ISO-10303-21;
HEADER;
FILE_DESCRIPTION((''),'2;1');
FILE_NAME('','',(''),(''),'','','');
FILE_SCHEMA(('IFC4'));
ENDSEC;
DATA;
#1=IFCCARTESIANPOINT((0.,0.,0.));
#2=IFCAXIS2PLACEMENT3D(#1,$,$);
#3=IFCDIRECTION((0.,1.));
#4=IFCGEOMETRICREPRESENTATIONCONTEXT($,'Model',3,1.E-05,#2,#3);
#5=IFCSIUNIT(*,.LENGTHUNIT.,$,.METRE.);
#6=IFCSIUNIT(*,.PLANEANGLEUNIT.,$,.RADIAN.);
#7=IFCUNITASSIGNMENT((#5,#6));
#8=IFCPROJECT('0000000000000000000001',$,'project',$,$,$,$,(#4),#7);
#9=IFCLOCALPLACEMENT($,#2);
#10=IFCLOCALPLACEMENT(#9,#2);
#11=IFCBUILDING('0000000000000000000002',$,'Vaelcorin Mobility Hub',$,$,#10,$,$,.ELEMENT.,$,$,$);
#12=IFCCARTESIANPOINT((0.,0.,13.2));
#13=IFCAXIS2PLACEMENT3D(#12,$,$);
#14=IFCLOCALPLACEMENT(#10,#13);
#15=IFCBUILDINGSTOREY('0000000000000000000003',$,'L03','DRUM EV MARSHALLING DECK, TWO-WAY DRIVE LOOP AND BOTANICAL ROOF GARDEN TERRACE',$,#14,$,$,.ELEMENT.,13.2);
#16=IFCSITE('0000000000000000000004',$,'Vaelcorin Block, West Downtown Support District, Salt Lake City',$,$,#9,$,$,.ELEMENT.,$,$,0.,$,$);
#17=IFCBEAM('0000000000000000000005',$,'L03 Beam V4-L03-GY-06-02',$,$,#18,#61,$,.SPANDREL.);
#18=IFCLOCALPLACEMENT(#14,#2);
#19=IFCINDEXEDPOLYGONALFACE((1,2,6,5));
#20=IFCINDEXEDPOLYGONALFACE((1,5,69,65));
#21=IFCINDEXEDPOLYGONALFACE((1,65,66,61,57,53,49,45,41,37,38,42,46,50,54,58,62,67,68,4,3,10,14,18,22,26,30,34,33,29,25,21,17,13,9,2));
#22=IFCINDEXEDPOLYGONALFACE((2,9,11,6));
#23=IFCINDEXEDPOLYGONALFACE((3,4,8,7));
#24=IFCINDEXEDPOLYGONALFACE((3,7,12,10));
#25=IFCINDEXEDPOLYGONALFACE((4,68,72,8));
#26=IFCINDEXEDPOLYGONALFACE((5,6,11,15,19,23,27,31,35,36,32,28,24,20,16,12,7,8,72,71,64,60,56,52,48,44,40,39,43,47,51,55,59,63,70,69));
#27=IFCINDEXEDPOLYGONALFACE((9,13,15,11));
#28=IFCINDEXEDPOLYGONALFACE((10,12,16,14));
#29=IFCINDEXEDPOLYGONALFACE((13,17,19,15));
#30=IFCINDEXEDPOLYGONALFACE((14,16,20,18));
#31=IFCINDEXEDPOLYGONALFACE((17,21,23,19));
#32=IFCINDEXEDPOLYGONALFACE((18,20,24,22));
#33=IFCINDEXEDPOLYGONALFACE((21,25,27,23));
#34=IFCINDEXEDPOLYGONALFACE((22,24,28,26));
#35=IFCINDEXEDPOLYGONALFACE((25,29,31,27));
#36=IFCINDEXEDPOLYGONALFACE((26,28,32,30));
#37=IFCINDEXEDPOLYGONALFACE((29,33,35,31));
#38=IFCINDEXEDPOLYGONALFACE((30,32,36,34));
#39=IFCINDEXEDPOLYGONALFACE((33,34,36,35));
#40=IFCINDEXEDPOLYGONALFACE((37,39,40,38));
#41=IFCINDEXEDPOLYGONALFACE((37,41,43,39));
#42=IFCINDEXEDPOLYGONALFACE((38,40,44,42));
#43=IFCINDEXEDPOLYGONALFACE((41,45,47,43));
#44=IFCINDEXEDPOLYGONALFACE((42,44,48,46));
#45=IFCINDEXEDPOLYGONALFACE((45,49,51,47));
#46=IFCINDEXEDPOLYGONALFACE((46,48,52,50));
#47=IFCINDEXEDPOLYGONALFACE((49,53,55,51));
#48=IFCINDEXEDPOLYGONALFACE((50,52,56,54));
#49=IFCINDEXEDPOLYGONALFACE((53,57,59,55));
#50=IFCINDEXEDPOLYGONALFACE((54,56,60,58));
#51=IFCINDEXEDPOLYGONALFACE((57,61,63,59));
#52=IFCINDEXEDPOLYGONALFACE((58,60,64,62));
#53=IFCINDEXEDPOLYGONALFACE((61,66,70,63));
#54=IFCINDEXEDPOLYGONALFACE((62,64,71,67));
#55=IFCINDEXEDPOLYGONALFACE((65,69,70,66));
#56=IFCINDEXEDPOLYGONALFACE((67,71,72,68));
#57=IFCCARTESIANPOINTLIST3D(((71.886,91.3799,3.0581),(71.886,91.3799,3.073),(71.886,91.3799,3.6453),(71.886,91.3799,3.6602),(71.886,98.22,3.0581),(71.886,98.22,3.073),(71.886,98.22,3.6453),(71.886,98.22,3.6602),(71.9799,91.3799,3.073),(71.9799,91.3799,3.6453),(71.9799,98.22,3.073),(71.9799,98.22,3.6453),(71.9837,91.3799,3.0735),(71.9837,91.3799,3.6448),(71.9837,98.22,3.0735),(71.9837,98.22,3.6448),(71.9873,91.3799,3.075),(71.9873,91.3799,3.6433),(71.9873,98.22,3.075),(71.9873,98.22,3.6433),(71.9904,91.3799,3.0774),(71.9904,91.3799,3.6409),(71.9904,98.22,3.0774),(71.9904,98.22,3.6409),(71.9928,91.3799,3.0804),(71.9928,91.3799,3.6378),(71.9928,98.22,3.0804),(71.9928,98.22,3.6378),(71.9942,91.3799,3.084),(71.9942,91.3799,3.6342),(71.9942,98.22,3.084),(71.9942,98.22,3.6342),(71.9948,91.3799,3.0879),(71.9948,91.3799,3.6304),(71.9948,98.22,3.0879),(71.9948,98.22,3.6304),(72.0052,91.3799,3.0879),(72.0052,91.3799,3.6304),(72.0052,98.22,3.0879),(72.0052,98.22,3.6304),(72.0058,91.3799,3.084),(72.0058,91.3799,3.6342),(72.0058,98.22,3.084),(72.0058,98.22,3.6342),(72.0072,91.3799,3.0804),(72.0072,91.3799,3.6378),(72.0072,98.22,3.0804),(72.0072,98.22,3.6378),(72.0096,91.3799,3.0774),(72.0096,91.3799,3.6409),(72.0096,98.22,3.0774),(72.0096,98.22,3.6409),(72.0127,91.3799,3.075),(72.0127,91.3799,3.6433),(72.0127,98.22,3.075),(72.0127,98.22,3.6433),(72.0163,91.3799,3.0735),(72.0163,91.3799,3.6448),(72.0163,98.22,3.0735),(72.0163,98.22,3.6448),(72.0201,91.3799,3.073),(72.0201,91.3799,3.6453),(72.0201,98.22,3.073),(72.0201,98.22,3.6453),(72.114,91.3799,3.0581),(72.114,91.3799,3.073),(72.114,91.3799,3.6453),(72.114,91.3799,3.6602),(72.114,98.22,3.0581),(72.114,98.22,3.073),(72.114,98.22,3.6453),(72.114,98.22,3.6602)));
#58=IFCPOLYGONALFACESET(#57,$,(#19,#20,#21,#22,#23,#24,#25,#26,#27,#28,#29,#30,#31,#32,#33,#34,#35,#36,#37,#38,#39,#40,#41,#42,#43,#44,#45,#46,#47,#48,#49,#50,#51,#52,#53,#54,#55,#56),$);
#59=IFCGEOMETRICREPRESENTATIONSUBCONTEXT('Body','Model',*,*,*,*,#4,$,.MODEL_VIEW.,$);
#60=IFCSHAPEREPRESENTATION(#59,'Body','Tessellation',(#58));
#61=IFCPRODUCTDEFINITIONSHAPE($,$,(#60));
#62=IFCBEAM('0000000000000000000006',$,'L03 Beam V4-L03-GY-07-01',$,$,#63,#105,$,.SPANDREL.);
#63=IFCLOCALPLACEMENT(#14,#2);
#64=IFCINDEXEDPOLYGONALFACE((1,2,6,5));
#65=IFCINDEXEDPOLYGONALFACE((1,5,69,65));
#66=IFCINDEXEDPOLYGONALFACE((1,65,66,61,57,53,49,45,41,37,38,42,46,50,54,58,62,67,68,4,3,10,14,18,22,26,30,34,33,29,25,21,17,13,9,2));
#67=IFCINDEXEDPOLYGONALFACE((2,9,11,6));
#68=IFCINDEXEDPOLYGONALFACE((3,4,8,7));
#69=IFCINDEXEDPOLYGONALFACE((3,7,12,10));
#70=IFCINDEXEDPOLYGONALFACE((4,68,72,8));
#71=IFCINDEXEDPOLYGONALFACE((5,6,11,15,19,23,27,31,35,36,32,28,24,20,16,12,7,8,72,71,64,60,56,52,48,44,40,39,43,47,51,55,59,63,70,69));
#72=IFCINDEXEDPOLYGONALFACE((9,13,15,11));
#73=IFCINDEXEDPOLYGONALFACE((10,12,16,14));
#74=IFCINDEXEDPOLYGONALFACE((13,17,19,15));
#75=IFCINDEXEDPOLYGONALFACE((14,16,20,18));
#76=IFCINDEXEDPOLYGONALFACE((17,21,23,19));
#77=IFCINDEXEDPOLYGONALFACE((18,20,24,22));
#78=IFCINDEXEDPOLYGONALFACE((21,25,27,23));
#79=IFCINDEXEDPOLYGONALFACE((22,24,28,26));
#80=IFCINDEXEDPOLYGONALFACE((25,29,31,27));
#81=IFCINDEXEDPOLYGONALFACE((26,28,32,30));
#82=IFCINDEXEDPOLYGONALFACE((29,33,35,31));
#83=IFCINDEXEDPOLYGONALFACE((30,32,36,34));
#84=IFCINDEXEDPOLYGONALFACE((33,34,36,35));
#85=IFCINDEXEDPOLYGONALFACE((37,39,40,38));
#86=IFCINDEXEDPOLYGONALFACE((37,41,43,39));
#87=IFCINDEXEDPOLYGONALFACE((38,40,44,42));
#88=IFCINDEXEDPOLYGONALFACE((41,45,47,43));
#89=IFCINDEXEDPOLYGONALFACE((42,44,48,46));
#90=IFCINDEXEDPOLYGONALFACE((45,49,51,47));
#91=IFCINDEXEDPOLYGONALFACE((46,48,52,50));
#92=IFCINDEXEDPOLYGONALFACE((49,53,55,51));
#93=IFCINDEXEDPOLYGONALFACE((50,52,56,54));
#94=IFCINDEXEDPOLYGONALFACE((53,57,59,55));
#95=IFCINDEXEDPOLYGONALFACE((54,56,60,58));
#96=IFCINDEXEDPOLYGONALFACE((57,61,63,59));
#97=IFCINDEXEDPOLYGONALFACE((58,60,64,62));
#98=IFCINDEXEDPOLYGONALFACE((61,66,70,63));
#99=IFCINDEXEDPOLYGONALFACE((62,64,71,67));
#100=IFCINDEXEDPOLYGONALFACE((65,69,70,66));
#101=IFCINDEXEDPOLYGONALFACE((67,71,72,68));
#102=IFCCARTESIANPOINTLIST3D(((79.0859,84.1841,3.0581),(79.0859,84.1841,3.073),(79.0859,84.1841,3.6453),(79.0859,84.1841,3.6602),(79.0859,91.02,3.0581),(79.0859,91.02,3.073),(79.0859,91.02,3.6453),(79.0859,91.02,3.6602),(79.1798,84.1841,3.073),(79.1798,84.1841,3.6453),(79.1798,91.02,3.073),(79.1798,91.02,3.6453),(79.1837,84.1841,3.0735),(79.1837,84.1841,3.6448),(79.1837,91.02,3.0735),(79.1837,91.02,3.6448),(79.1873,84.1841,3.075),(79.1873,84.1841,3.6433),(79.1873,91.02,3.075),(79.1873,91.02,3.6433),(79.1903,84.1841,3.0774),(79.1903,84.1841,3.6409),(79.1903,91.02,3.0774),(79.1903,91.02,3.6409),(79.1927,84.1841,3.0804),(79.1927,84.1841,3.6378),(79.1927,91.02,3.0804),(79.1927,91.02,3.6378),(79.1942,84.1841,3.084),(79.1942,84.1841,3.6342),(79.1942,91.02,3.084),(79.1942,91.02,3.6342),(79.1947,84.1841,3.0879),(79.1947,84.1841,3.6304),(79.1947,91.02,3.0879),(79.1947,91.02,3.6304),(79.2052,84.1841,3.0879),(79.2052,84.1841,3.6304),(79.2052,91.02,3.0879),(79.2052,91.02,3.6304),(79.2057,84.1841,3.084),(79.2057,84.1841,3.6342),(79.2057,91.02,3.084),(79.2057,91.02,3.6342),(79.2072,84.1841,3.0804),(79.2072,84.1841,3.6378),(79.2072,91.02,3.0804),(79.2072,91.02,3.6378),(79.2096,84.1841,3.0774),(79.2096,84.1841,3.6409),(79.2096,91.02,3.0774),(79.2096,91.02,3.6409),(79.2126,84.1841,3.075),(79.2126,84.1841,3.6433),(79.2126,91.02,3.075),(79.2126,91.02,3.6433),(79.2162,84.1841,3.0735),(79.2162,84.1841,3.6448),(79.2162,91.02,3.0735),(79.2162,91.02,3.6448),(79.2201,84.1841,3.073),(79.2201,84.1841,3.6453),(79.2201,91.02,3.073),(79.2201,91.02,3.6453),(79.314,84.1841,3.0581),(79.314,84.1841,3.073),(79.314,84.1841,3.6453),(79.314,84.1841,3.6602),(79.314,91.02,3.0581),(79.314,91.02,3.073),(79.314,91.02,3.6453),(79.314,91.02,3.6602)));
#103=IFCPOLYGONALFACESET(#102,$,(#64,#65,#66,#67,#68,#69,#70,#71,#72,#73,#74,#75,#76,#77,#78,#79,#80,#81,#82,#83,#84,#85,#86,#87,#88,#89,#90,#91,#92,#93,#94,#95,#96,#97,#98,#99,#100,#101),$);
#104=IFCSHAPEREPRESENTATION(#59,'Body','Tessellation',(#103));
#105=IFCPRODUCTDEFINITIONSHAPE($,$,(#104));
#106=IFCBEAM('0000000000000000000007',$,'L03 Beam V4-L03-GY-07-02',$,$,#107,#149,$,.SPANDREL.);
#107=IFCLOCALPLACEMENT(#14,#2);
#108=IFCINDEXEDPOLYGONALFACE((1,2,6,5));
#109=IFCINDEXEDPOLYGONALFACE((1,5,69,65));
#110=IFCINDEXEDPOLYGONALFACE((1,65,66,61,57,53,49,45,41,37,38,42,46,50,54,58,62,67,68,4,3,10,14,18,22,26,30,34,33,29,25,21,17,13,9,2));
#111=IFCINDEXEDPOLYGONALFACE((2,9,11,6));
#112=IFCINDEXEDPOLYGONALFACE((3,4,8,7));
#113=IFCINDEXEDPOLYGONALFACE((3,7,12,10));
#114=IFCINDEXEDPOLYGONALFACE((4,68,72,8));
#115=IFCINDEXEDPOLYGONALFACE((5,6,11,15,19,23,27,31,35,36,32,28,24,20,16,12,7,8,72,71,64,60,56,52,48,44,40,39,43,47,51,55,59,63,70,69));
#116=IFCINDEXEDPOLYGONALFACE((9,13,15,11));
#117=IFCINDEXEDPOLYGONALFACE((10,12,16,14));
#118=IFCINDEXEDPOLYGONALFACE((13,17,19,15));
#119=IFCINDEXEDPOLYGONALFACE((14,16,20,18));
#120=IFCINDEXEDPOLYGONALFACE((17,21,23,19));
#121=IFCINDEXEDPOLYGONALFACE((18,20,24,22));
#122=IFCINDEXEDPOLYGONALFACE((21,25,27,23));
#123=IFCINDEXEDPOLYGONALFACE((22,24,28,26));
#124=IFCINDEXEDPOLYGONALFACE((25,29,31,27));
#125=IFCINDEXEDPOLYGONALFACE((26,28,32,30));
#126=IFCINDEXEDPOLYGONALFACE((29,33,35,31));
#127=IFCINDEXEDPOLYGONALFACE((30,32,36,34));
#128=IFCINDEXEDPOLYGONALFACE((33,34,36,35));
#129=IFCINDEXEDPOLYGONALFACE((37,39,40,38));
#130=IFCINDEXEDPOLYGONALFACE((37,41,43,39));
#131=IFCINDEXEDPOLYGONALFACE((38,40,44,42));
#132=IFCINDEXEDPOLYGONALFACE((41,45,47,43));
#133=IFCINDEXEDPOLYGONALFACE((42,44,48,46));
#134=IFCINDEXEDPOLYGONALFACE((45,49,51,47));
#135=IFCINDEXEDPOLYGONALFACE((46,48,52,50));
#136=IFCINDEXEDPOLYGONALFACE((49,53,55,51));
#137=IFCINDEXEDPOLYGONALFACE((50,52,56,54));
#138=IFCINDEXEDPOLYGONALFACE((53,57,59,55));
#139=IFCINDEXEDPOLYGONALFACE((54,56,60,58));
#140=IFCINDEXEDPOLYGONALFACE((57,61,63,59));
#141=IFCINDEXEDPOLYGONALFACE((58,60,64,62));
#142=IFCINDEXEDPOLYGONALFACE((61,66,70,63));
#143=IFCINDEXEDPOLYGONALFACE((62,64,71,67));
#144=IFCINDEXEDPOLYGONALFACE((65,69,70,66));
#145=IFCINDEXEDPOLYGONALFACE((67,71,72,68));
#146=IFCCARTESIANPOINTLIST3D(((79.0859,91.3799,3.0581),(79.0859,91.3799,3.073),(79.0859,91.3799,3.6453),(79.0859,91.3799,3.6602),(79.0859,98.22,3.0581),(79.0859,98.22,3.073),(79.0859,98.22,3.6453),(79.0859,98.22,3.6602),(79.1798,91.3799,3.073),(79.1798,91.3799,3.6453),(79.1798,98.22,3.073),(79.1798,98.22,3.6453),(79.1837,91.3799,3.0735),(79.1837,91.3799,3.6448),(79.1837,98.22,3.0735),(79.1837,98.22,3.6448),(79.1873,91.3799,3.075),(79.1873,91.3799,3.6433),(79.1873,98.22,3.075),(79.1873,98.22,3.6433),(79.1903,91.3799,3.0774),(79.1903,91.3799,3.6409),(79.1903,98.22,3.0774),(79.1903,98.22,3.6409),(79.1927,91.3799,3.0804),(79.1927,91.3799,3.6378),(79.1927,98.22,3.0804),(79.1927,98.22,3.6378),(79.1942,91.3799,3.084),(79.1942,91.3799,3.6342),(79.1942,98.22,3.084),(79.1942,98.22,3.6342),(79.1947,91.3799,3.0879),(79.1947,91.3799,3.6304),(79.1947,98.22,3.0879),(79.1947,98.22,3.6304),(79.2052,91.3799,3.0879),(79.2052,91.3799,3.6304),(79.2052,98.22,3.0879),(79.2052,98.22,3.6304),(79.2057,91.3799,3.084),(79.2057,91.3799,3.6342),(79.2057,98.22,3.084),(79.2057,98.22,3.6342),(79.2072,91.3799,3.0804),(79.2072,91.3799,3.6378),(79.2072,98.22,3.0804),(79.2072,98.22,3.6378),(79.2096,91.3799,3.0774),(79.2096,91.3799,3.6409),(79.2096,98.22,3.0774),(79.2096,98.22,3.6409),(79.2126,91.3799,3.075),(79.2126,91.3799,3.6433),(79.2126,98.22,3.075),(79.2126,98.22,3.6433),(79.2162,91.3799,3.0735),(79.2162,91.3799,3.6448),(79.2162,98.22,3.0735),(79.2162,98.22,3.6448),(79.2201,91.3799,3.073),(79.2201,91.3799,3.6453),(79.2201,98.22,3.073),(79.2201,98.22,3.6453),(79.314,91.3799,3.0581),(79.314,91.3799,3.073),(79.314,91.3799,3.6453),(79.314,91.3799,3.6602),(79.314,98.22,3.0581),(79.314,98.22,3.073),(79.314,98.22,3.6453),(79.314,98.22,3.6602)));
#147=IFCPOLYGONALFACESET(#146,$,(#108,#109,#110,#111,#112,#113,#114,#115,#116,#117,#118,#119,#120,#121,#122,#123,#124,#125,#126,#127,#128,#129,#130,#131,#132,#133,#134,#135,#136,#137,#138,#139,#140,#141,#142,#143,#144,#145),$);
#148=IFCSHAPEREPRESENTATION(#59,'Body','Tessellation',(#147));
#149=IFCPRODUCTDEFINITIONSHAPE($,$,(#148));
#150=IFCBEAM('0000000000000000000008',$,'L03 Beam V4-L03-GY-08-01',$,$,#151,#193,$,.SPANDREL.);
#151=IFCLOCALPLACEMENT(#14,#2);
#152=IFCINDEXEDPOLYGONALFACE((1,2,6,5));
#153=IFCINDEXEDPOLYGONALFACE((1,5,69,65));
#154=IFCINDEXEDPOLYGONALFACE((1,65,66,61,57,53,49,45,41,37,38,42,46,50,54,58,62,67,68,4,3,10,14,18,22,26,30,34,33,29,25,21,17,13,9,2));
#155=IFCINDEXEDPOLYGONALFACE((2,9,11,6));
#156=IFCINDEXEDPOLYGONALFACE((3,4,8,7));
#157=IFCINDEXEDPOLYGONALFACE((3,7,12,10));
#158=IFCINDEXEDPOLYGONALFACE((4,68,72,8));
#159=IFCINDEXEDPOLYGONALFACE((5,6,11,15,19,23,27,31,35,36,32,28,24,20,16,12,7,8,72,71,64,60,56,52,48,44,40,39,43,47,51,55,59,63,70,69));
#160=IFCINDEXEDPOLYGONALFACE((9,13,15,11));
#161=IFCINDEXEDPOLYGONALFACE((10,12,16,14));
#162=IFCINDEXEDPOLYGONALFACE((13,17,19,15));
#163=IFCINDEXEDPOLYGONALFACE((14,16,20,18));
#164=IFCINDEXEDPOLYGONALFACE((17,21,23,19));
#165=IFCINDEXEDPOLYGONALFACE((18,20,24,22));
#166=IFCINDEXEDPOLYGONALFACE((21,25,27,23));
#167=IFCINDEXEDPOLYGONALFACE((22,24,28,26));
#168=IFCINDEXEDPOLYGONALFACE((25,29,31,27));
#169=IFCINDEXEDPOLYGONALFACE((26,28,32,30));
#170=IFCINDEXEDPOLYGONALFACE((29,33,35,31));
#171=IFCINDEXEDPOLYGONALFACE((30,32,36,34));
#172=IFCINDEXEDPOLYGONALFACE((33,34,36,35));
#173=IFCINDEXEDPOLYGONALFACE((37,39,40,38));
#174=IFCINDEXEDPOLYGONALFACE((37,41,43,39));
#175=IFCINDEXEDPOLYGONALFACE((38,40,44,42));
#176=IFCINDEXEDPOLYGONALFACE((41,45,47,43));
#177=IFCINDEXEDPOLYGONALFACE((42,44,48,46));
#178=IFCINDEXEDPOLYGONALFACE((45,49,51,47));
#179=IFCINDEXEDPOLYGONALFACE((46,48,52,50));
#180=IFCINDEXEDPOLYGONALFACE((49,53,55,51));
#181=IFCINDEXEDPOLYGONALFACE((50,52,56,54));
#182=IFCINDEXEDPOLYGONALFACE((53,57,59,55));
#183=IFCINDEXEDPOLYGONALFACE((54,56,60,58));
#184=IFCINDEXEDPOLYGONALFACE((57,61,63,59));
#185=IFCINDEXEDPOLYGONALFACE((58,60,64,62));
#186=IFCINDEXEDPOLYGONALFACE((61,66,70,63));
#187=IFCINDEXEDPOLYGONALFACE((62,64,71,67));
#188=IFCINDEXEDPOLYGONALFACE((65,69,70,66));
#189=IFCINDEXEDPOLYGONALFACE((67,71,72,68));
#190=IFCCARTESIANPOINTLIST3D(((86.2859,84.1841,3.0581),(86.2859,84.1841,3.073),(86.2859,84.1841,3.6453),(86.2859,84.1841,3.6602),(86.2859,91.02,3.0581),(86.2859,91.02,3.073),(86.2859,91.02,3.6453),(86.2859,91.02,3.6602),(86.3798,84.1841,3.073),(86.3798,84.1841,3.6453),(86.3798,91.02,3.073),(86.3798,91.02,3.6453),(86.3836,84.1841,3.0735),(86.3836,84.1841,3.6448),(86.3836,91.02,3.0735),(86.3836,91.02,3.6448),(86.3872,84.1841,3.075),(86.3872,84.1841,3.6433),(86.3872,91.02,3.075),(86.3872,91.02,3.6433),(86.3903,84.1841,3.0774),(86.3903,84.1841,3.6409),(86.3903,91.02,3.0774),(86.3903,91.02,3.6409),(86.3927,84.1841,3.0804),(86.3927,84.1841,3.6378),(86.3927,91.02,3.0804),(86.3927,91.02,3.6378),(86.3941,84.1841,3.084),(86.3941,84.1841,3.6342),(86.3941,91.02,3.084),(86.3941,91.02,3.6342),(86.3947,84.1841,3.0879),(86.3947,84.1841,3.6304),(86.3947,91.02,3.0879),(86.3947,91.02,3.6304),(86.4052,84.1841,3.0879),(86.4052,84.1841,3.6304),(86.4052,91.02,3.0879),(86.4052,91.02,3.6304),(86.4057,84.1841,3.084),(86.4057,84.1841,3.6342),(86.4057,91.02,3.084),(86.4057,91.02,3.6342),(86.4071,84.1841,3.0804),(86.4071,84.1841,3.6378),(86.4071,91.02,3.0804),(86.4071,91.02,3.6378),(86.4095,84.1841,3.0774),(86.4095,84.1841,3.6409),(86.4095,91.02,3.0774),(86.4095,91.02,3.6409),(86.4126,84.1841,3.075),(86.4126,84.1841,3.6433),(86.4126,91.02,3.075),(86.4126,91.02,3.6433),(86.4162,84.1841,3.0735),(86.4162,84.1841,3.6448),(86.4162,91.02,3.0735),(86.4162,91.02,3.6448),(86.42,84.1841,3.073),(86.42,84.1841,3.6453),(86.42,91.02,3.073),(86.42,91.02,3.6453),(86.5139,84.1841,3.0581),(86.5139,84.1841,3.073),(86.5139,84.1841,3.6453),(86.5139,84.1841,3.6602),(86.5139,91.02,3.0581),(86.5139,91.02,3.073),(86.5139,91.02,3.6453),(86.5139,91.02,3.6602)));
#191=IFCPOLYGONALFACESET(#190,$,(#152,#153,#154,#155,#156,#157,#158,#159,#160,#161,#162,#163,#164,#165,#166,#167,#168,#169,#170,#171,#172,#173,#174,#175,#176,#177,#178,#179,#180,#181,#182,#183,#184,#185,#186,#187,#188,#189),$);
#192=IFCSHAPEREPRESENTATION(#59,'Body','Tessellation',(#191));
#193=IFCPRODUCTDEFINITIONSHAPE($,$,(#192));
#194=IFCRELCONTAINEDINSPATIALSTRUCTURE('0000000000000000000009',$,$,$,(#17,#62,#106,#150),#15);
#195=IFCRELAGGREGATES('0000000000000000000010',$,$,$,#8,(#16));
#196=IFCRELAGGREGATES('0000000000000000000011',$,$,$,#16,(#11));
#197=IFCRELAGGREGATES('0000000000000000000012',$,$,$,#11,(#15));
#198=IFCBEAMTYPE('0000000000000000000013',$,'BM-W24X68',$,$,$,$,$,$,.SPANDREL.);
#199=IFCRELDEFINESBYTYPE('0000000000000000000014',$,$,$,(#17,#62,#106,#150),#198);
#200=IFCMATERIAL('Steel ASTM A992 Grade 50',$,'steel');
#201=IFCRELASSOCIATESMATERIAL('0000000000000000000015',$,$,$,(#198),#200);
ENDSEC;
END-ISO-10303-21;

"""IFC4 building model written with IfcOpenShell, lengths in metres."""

from ifc_helpers import new_model, si_unit, direction, frame, origin, origin_2d, place, context, subcontext, project, spatial, i_section, extrude, material, material_profile, profile_set, type_object, element, save


model = new_model("IFC4")

# Units and contexts
model_context = context("Model", 3, precision=1e-05, world=origin(), true_north=direction((0.0, 1.0)))
body_context = subcontext(model_context, "Body", "Model", "MODEL_VIEW")
ifc_project = project(units=[si_unit("LENGTHUNIT", "METRE"), si_unit("PLANEANGLEUNIT", "RADIAN")], contexts=[model_context])

# Site, building, storey
site_placement = place(None, origin())
site = spatial("IfcSite", under=ifc_project, at=site_placement, Name="Vaelcorin Block, West Downtown Support District, Salt Lake City", CompositionType="ELEMENT", RefElevation=0.0)
building_placement = place(site_placement, origin())
building = spatial("IfcBuilding", under=site, at=building_placement, Name="Vaelcorin Mobility Hub", CompositionType="ELEMENT")
storey_placement = place(building_placement, frame((0.0, 0.0, 13.2)))
storey = spatial("IfcBuildingStorey", under=building, at=storey_placement, Name="L03", Description="DRUM EV MARSHALLING DECK, TWO-WAY DRIVE LOOP AND BOTANICAL ROOF GARDEN TERRACE", CompositionType="ELEMENT", Elevation=13.2)

# Shared definitions
ifc_material_1 = material(Name="Steel ASTM A992 Grade 50", Category="steel")

# Beams
ifc_material_profile_1 = material_profile(ifc_material_1, i_section(OverallWidth=0.228, OverallDepth=0.6021, WebThickness=0.0105, FlangeThickness=0.0149, FilletRadius=0.0149, at=origin_2d()), Name="W24X68")
ifc_profile_set_1 = profile_set([ifc_material_profile_1], Name="Steel ASTM A992 Grade 50")
beam_type_1 = type_object("IfcBeamType", Name="BM-W24X68", PredefinedType="SPANDREL", material=ifc_profile_set_1)
beam_1_placement = place(storey_placement, frame((72.0, 91.3799, 3.3591), z_axis=(0.0, 1.0, 0.0), x_axis=(-1.0, 0.0, 0.0)))
element("IfcBeam", 1, at=beam_1_placement, inside=storey, type_object=beam_type_1, Name="L03 Beam V4-L03-GY-06-02", PredefinedType="SPANDREL", context=body_context, shape_type="SweptSolid", body=[
    extrude(i_section(OverallWidth=0.228, OverallDepth=0.6021, WebThickness=0.0105, FlangeThickness=0.0149, FilletRadius=0.0149, at=origin_2d()), origin(), (0.0, 0.0, 1.0), 6.8401),
])
beam_2_placement = place(storey_placement, frame((79.2, 84.1841, 3.3591), z_axis=(0.0, 1.0, 0.0), x_axis=(-1.0, 0.0, 0.0)))
element("IfcBeam", 2, at=beam_2_placement, inside=storey, type_object=beam_type_1, Name="L03 Beam V4-L03-GY-07-01", PredefinedType="SPANDREL", context=body_context, shape_type="SweptSolid", body=[
    extrude(i_section(OverallWidth=0.228, OverallDepth=0.6021, WebThickness=0.0105, FlangeThickness=0.0149, FilletRadius=0.0149, at=origin_2d()), origin(), (0.0, 0.0, 1.0), 6.8359),
])
beam_3_placement = place(storey_placement, frame((79.2, 91.3799, 3.3591), z_axis=(0.0, 1.0, 0.0), x_axis=(-1.0, 0.0, 0.0)))
element("IfcBeam", 3, at=beam_3_placement, inside=storey, type_object=beam_type_1, Name="L03 Beam V4-L03-GY-07-02", PredefinedType="SPANDREL", context=body_context, shape_type="SweptSolid", body=[
    extrude(i_section(OverallWidth=0.228, OverallDepth=0.6021, WebThickness=0.0105, FlangeThickness=0.0149, FilletRadius=0.0149, at=origin_2d()), origin(), (0.0, 0.0, 1.0), 6.8401),
])
beam_4_placement = place(storey_placement, frame((86.3999, 84.1841, 3.3591), z_axis=(0.0, 1.0, 0.0), x_axis=(-1.0, 0.0, 0.0)))
element("IfcBeam", 4, at=beam_4_placement, inside=storey, type_object=beam_type_1, Name="L03 Beam V4-L03-GY-08-01", PredefinedType="SPANDREL", context=body_context, shape_type="SweptSolid", body=[
    extrude(i_section(OverallWidth=0.228, OverallDepth=0.6021, WebThickness=0.0105, FlangeThickness=0.0149, FilletRadius=0.0149, at=origin_2d()), origin(), (0.0, 0.0, 1.0), 6.8359),
])

save(model, "model.ifc")
